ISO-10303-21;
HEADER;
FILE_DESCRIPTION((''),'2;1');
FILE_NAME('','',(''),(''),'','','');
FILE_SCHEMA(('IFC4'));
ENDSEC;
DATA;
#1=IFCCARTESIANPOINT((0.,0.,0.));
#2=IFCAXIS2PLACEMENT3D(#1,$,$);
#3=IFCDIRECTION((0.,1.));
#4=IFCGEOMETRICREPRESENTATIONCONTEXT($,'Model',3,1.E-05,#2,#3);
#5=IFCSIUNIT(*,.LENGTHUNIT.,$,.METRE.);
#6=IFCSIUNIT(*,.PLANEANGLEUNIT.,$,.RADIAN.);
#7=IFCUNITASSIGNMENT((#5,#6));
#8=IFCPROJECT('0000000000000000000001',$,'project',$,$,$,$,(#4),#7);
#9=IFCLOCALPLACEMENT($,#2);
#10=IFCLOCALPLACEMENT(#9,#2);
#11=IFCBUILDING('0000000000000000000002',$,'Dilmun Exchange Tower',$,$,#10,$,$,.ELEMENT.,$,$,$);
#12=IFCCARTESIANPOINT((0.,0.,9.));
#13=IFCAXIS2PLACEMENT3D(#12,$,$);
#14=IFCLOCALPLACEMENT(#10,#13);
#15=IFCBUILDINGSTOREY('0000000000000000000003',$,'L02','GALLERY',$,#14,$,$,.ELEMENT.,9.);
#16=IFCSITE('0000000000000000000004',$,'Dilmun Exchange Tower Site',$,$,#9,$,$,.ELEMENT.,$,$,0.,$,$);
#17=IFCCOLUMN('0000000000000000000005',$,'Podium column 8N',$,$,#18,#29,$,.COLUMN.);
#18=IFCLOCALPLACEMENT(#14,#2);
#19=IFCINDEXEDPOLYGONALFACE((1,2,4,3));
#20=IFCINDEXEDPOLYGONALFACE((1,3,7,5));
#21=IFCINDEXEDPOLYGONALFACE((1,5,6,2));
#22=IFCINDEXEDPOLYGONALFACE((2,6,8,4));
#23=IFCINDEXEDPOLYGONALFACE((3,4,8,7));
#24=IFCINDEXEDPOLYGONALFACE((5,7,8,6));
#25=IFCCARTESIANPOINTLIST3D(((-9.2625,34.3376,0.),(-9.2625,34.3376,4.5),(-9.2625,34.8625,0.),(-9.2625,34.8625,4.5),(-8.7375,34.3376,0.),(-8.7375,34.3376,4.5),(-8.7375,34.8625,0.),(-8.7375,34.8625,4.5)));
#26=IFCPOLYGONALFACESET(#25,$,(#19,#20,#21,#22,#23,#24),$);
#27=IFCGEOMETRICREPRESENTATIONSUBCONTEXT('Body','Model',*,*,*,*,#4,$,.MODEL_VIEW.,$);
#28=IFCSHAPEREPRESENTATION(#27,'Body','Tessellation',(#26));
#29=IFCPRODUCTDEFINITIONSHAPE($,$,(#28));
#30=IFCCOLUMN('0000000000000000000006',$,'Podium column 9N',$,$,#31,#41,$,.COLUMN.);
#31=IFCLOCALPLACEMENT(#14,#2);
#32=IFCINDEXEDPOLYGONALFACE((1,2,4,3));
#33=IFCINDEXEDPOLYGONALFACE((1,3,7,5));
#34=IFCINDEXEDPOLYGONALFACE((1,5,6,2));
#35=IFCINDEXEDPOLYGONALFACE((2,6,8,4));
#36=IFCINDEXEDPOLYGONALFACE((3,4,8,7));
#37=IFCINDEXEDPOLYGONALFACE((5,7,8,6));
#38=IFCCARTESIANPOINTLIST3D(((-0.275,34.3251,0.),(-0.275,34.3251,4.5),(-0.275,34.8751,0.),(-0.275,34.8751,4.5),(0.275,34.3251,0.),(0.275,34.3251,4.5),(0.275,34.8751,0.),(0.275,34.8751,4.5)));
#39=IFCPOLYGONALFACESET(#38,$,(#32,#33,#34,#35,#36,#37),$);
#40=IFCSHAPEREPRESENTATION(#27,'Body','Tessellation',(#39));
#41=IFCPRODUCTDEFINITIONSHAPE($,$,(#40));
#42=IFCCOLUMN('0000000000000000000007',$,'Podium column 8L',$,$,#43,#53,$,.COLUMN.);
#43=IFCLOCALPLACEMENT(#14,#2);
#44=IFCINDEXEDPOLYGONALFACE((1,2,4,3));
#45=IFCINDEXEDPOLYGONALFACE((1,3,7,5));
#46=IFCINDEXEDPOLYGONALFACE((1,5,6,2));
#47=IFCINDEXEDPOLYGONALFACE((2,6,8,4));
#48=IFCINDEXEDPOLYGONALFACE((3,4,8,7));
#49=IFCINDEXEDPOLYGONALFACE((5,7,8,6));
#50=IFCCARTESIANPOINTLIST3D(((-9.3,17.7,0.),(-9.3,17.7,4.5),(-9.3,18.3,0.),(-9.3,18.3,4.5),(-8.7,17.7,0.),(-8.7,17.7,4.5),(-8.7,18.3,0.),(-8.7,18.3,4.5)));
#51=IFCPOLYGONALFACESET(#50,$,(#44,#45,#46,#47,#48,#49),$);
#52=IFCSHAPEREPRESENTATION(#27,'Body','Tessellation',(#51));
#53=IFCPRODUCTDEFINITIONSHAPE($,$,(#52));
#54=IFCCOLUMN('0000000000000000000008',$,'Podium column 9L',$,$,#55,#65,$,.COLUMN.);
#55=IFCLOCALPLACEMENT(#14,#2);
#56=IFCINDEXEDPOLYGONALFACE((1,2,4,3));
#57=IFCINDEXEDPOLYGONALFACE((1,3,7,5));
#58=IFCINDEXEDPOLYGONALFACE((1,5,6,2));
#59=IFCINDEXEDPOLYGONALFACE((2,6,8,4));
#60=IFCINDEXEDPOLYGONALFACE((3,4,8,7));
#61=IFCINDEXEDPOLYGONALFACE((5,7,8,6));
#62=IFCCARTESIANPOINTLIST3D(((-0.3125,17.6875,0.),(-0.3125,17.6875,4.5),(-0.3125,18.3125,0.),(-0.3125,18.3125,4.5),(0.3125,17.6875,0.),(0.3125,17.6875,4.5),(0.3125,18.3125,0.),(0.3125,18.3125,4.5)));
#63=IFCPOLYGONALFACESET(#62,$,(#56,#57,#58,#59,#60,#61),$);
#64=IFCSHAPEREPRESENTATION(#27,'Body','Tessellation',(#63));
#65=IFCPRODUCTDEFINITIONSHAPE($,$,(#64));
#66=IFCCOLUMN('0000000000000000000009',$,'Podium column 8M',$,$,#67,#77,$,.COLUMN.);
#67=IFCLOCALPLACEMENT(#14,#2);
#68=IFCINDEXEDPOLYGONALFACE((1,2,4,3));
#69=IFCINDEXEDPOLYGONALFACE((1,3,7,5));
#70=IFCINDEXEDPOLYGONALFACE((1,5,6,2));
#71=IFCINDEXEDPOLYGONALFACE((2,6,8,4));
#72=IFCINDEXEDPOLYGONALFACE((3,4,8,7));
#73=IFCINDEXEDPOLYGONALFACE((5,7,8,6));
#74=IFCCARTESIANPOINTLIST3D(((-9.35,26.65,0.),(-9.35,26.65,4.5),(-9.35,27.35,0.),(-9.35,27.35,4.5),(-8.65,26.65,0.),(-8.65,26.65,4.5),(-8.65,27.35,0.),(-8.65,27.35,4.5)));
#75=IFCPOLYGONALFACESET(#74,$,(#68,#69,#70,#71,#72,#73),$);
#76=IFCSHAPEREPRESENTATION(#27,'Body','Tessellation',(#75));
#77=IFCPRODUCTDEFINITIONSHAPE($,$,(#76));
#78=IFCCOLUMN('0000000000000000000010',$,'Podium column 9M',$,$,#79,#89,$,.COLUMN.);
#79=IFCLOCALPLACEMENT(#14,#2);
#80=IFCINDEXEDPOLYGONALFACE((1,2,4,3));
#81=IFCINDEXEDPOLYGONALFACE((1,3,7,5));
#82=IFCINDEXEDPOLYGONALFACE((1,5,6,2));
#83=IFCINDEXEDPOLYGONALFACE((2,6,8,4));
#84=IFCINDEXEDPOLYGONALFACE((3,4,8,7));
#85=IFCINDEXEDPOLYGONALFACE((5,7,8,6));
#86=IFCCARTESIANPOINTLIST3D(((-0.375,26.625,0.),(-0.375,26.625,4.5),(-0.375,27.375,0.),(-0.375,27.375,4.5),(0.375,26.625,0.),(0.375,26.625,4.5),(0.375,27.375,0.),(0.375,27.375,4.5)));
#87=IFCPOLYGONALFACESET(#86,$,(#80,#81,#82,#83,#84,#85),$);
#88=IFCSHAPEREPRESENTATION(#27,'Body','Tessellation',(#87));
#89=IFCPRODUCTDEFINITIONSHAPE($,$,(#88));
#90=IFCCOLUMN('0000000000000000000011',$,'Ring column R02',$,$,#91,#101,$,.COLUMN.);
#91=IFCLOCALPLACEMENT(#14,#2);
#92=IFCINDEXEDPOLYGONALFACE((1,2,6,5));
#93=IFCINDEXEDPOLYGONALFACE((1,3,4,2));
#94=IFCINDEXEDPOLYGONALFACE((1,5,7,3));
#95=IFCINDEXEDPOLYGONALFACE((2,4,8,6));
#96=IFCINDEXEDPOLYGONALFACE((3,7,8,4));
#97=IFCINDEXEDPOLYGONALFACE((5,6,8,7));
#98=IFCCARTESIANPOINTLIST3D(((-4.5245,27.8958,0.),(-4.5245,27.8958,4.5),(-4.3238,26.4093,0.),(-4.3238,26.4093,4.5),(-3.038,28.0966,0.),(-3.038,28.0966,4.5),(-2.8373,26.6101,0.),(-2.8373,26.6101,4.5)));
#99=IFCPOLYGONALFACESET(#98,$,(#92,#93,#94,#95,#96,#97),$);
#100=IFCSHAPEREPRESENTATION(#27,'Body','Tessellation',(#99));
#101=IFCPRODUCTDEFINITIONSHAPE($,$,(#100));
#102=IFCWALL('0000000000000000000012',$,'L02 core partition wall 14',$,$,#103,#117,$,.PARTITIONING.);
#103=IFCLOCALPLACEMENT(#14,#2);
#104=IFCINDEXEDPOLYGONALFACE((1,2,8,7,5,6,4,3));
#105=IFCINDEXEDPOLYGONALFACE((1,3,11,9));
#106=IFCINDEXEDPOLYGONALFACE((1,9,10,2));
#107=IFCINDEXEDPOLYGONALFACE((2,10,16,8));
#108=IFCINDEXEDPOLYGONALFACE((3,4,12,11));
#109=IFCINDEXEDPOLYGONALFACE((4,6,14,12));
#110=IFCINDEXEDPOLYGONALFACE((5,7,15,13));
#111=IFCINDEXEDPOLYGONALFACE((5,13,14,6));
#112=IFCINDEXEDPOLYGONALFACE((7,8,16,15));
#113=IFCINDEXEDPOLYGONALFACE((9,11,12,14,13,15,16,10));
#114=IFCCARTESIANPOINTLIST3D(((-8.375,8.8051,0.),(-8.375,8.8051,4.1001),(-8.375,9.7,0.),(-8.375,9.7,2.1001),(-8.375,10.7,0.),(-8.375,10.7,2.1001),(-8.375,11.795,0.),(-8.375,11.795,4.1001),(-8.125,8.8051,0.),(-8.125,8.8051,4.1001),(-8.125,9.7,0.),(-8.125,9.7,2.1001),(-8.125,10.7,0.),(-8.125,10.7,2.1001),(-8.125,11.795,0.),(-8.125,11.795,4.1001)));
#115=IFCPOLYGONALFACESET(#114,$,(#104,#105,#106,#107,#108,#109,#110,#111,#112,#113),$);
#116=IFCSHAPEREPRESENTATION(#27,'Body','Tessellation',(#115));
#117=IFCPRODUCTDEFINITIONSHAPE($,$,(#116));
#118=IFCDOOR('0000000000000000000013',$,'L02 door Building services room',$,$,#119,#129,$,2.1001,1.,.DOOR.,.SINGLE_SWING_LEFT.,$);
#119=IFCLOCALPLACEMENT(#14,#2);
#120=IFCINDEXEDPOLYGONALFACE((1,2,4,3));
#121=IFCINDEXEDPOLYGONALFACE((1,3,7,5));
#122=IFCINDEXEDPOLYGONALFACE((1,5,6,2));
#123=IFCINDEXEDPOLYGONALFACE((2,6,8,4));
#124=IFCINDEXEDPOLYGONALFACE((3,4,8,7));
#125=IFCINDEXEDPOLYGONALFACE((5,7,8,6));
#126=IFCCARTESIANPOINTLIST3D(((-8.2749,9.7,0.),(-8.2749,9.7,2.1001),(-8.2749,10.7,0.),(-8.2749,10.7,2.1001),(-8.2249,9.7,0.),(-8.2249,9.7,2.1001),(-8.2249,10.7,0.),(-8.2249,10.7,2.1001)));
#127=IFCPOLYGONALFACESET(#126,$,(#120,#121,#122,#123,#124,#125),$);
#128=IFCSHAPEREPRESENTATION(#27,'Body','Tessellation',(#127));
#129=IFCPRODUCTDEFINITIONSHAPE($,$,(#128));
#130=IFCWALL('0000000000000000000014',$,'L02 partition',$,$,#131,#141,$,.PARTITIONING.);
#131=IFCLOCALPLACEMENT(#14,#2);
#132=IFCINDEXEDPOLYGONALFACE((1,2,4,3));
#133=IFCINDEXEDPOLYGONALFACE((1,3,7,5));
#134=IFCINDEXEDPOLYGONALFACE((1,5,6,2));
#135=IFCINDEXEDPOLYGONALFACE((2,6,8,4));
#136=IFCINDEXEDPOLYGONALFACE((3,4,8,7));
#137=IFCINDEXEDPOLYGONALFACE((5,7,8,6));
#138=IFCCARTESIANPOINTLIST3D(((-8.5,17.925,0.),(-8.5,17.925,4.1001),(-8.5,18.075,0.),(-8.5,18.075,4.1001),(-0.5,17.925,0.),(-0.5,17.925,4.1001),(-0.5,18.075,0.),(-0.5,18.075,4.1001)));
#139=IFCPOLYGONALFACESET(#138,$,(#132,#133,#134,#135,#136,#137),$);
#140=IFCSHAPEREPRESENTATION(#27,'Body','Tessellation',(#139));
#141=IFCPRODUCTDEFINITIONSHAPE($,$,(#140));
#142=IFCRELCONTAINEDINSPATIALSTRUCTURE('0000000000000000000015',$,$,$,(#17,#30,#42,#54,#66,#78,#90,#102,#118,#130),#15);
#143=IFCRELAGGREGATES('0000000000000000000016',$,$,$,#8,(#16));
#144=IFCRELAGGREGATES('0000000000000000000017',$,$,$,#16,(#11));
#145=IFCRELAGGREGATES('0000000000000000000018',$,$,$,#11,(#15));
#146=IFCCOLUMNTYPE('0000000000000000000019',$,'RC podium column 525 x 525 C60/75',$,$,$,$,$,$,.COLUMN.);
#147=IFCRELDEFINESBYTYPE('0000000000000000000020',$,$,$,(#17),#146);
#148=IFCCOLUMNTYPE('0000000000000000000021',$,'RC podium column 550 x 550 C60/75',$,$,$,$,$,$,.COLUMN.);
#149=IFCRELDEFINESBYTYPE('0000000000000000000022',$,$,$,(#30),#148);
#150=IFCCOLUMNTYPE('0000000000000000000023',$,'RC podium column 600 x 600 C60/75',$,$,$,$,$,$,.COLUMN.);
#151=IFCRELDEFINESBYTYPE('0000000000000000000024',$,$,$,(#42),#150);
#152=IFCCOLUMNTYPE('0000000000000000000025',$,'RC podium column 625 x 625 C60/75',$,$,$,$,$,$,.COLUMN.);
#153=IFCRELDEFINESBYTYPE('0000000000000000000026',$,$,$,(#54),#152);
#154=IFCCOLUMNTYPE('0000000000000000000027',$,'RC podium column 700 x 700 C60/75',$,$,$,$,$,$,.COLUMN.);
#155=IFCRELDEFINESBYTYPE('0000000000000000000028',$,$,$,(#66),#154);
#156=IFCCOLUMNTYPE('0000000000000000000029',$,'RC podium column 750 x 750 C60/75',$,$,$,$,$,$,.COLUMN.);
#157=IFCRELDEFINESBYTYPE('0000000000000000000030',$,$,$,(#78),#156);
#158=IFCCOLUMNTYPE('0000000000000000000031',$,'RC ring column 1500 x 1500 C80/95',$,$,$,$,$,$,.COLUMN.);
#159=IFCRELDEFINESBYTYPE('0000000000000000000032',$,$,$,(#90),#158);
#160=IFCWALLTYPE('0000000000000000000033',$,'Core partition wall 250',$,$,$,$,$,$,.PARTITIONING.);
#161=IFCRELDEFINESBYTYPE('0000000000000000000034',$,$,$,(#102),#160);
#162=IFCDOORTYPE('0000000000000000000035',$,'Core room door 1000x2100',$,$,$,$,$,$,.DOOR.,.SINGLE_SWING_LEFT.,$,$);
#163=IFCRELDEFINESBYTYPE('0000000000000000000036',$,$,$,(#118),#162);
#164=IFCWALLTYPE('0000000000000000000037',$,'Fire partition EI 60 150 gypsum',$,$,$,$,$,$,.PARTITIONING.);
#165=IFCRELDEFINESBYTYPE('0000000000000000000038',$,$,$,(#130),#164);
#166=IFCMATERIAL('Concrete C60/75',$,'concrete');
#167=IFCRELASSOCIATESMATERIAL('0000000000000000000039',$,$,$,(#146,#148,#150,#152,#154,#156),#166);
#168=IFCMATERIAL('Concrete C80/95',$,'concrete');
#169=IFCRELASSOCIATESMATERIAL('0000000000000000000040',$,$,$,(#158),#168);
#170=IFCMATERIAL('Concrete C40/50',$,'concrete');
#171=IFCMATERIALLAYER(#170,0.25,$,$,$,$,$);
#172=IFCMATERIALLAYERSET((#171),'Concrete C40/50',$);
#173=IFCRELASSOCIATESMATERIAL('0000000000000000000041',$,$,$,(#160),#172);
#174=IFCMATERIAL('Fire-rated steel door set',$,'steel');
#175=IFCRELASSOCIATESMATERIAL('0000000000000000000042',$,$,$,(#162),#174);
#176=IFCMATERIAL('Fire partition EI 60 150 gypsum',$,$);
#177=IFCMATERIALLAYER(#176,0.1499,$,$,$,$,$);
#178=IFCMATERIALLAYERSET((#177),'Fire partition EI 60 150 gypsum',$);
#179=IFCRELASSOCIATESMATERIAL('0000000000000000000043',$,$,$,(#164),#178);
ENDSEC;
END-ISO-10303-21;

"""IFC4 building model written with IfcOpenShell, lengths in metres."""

from ifc_helpers import new_model, si_unit, direction, frame, frame_2d, origin, origin_2d, place, context, subcontext, project, spatial, rectangle, extrude, material, layer, layer_set, material_profile, profile_set, type_object, element, fill, save


model = new_model("IFC4")

# Units and contexts
model_context = context("Model", 3, precision=1e-05, world=origin(), true_north=direction((0.0, 1.0)))
body_context = subcontext(model_context, "Body", "Model", "MODEL_VIEW")
ifc_project = project(units=[si_unit("LENGTHUNIT", "METRE"), si_unit("PLANEANGLEUNIT", "RADIAN")], contexts=[model_context])

# Site, building, storey
site_placement = place(None, origin())
site = spatial("IfcSite", under=ifc_project, at=site_placement, Name="Dilmun Exchange Tower Site", CompositionType="ELEMENT", RefElevation=0.0)
building_placement = place(site_placement, origin())
building = spatial("IfcBuilding", under=site, at=building_placement, Name="Dilmun Exchange Tower", CompositionType="ELEMENT")
storey_placement = place(building_placement, frame((0.0, 0.0, 9.0)))
storey = spatial("IfcBuildingStorey", under=building, at=storey_placement, Name="L02", Description="GALLERY", CompositionType="ELEMENT", Elevation=9.0)

# Columns
ifc_material_1 = material(Name="Concrete C60/75", Category="concrete")
ifc_material_profile_1 = material_profile(ifc_material_1, rectangle(XDim=0.5249, YDim=0.5249, at=origin_2d()), Name="525 x 525")
ifc_profile_set_1 = profile_set([ifc_material_profile_1], Name="Concrete C60/75")
column_type_1 = type_object("IfcColumnType", Name="RC podium column 525 x 525 C60/75", PredefinedType="COLUMN", material=ifc_profile_set_1)
column_1_placement = place(storey_placement, frame((-9.0, 34.6001, 0.0), z_axis=(0.0, 0.0, 1.0), x_axis=(1.0, 0.0, 0.0)))
element("IfcColumn", 1, at=column_1_placement, inside=storey, type_object=column_type_1, Name="Podium column 8N", PredefinedType="COLUMN", context=body_context, shape_type="SweptSolid", body=[
    extrude(rectangle(XDim=0.5249, YDim=0.5249, at=origin_2d()), origin(), (0.0, 0.0, 1.0), 4.5),
])
ifc_material_profile_2 = material_profile(ifc_material_1, rectangle(XDim=0.55, YDim=0.55, at=origin_2d()), Name="550 x 550")
ifc_profile_set_2 = profile_set([ifc_material_profile_2], Name="Concrete C60/75")
column_type_2 = type_object("IfcColumnType", Name="RC podium column 550 x 550 C60/75", PredefinedType="COLUMN", material=ifc_profile_set_2)
column_2_placement = place(storey_placement, frame((0.0, 34.6001, 0.0), z_axis=(0.0, 0.0, 1.0), x_axis=(1.0, 0.0, 0.0)))
element("IfcColumn", 2, at=column_2_placement, inside=storey, type_object=column_type_2, Name="Podium column 9N", PredefinedType="COLUMN", context=body_context, shape_type="SweptSolid", body=[
    extrude(rectangle(XDim=0.55, YDim=0.55, at=origin_2d()), origin(), (0.0, 0.0, 1.0), 4.5),
])
ifc_material_profile_3 = material_profile(ifc_material_1, rectangle(XDim=0.6001, YDim=0.6001, at=origin_2d()), Name="600 x 600")
ifc_profile_set_3 = profile_set([ifc_material_profile_3], Name="Concrete C60/75")
column_type_3 = type_object("IfcColumnType", Name="RC podium column 600 x 600 C60/75", PredefinedType="COLUMN", material=ifc_profile_set_3)
column_3_placement = place(storey_placement, frame((-9.0, 18.0, 0.0), z_axis=(0.0, 0.0, 1.0), x_axis=(1.0, 0.0, 0.0)))
element("IfcColumn", 3, at=column_3_placement, inside=storey, type_object=column_type_3, Name="Podium column 8L", PredefinedType="COLUMN", context=body_context, shape_type="SweptSolid", body=[
    extrude(rectangle(XDim=0.6001, YDim=0.6001, at=origin_2d()), origin(), (0.0, 0.0, 1.0), 4.5),
])
ifc_material_profile_4 = material_profile(ifc_material_1, rectangle(XDim=0.625, YDim=0.625, at=origin_2d()), Name="625 x 625")
ifc_profile_set_4 = profile_set([ifc_material_profile_4], Name="Concrete C60/75")
column_type_4 = type_object("IfcColumnType", Name="RC podium column 625 x 625 C60/75", PredefinedType="COLUMN", material=ifc_profile_set_4)
column_4_placement = place(storey_placement, frame((0.0, 18.0, 0.0), z_axis=(0.0, 0.0, 1.0), x_axis=(1.0, 0.0, 0.0)))
element("IfcColumn", 4, at=column_4_placement, inside=storey, type_object=column_type_4, Name="Podium column 9L", PredefinedType="COLUMN", context=body_context, shape_type="SweptSolid", body=[
    extrude(rectangle(XDim=0.625, YDim=0.625, at=origin_2d()), origin(), (0.0, 0.0, 1.0), 4.5),
])
ifc_material_profile_5 = material_profile(ifc_material_1, rectangle(XDim=0.7, YDim=0.7, at=origin_2d()), Name="700 x 700")
ifc_profile_set_5 = profile_set([ifc_material_profile_5], Name="Concrete C60/75")
column_type_5 = type_object("IfcColumnType", Name="RC podium column 700 x 700 C60/75", PredefinedType="COLUMN", material=ifc_profile_set_5)
column_5_placement = place(storey_placement, frame((-9.0, 27.0, 0.0), z_axis=(0.0, 0.0, 1.0), x_axis=(1.0, 0.0, 0.0)))
element("IfcColumn", 5, at=column_5_placement, inside=storey, type_object=column_type_5, Name="Podium column 8M", PredefinedType="COLUMN", context=body_context, shape_type="SweptSolid", body=[
    extrude(rectangle(XDim=0.7, YDim=0.7, at=origin_2d()), origin(), (0.0, 0.0, 1.0), 4.5),
])
ifc_material_profile_6 = material_profile(ifc_material_1, rectangle(XDim=0.75, YDim=0.75, at=origin_2d()), Name="750 x 750")
ifc_profile_set_6 = profile_set([ifc_material_profile_6], Name="Concrete C60/75")
column_type_6 = type_object("IfcColumnType", Name="RC podium column 750 x 750 C60/75", PredefinedType="COLUMN", material=ifc_profile_set_6)
column_6_placement = place(storey_placement, frame((0.0, 27.0, 0.0), z_axis=(0.0, 0.0, 1.0), x_axis=(1.0, 0.0, 0.0)))
element("IfcColumn", 6, at=column_6_placement, inside=storey, type_object=column_type_6, Name="Podium column 9M", PredefinedType="COLUMN", context=body_context, shape_type="SweptSolid", body=[
    extrude(rectangle(XDim=0.75, YDim=0.75, at=origin_2d()), origin(), (0.0, 0.0, 1.0), 4.5),
])
ifc_material_2 = material(Name="Concrete C80/95", Category="concrete")
ifc_material_profile_7 = material_profile(ifc_material_2, rectangle(XDim=1.5, YDim=1.5, at=origin_2d()), Name="1500 x 1500")
ifc_profile_set_7 = profile_set([ifc_material_profile_7], Name="Concrete C80/95")
column_type_7 = type_object("IfcColumnType", Name="RC ring column 1500 x 1500 C80/95", PredefinedType="COLUMN", material=ifc_profile_set_7)
column_7_placement = place(storey_placement, frame((-3.6809, 27.2529, 0.0), z_axis=(0.0, 0.0, 1.0), x_axis=(0.991001, 0.133853, 0.0)))
element("IfcColumn", 7, at=column_7_placement, inside=storey, type_object=column_type_7, Name="Ring column R02", PredefinedType="COLUMN", context=body_context, shape_type="SweptSolid", body=[
    extrude(rectangle(XDim=1.5, YDim=1.5, at=origin_2d()), origin(), (0.0, 0.0, 1.0), 4.5),
])

# Wall, opening, door
ifc_material_3 = material(Name="Concrete C40/50", Category="concrete")
ifc_layer_1 = layer(ifc_material_3, 0.25)
ifc_layer_set_1 = layer_set([ifc_layer_1], Name="Concrete C40/50")
wall_type_1 = type_object("IfcWallType", Name="Core partition wall 250", PredefinedType="PARTITIONING", material=ifc_layer_set_1)
wall_1_placement = place(storey_placement, frame((-8.25, 8.8049, 0.0), z_axis=(0.0, 0.0, 1.0), x_axis=(0.0, 1.0, 0.0)))
wall_1 = element("IfcWall", 8, at=wall_1_placement, inside=storey, type_object=wall_type_1, Name="L02 core partition wall 14", PredefinedType="PARTITIONING", context=body_context, shape_type="SweptSolid", body=[
    extrude(rectangle(XDim=2.99, YDim=0.25, at=frame_2d((1.4951, 0.0))), origin(), (0.0, 0.0, 1.0), 4.1001),
])
opening_1_placement = place(wall_1_placement, frame((0.895, 0.0, 0.0)))
opening_1 = element("IfcOpeningElement", 9, at=opening_1_placement, cuts=wall_1, PredefinedType="OPENING", context=body_context, shape_type="SweptSolid", body=[
    extrude(rectangle(XDim=1.0, YDim=2.1001, at=frame_2d((0.5, 1.05))), frame((0.0, 0.135, 0.0), z_axis=(0.0, -1.0, 0.0), x_axis=(1.0, 0.0, 0.0)), (0.0, 0.0, 1.0), 0.27),
])
ifc_material_4 = material(Name="Fire-rated steel door set", Category="steel")
door_type_1 = type_object("IfcDoorType", Name="Core room door 1000x2100", OperationType="SINGLE_SWING_LEFT", PredefinedType="DOOR", material=ifc_material_4)
door_1_placement = place(opening_1_placement, origin())
door_1 = element("IfcDoor", 10, at=door_1_placement, inside=storey, type_object=door_type_1, Name="L02 door Building services room", OperationType="SINGLE_SWING_LEFT", OverallHeight=2.1001, OverallWidth=1.0, PredefinedType="DOOR", context=body_context, shape_type="SweptSolid", body=[
    extrude(rectangle(XDim=1.0, YDim=2.1001, at=frame_2d((0.5, 1.05))), frame((0.0, 0.0249, 0.0), z_axis=(0.0, -1.0, 0.0), x_axis=(1.0, 0.0, 0.0)), (0.0, 0.0, 1.0), 0.05),
])
fill(opening_1, door_1)

# Wall
ifc_material_5 = material(Name="Fire partition EI 60 150 gypsum")
ifc_layer_2 = layer(ifc_material_5, 0.1499)
ifc_layer_set_2 = layer_set([ifc_layer_2], Name="Fire partition EI 60 150 gypsum")
wall_type_2 = type_object("IfcWallType", Name="Fire partition EI 60 150 gypsum", PredefinedType="PARTITIONING", material=ifc_layer_set_2)
wall_2_placement = place(storey_placement, frame((-8.5, 18.0, 0.0), z_axis=(0.0, 0.0, 1.0), x_axis=(1.0, 0.0, 0.0)))
element("IfcWall", 11, at=wall_2_placement, inside=storey, type_object=wall_type_2, Name="L02 partition", PredefinedType="PARTITIONING", context=body_context, shape_type="SweptSolid", body=[
    extrude(rectangle(XDim=8.0, YDim=0.1499, at=frame_2d((4.0, 0.0))), origin(), (0.0, 0.0, 1.0), 4.1001),
])

save(model, "model.ifc")
